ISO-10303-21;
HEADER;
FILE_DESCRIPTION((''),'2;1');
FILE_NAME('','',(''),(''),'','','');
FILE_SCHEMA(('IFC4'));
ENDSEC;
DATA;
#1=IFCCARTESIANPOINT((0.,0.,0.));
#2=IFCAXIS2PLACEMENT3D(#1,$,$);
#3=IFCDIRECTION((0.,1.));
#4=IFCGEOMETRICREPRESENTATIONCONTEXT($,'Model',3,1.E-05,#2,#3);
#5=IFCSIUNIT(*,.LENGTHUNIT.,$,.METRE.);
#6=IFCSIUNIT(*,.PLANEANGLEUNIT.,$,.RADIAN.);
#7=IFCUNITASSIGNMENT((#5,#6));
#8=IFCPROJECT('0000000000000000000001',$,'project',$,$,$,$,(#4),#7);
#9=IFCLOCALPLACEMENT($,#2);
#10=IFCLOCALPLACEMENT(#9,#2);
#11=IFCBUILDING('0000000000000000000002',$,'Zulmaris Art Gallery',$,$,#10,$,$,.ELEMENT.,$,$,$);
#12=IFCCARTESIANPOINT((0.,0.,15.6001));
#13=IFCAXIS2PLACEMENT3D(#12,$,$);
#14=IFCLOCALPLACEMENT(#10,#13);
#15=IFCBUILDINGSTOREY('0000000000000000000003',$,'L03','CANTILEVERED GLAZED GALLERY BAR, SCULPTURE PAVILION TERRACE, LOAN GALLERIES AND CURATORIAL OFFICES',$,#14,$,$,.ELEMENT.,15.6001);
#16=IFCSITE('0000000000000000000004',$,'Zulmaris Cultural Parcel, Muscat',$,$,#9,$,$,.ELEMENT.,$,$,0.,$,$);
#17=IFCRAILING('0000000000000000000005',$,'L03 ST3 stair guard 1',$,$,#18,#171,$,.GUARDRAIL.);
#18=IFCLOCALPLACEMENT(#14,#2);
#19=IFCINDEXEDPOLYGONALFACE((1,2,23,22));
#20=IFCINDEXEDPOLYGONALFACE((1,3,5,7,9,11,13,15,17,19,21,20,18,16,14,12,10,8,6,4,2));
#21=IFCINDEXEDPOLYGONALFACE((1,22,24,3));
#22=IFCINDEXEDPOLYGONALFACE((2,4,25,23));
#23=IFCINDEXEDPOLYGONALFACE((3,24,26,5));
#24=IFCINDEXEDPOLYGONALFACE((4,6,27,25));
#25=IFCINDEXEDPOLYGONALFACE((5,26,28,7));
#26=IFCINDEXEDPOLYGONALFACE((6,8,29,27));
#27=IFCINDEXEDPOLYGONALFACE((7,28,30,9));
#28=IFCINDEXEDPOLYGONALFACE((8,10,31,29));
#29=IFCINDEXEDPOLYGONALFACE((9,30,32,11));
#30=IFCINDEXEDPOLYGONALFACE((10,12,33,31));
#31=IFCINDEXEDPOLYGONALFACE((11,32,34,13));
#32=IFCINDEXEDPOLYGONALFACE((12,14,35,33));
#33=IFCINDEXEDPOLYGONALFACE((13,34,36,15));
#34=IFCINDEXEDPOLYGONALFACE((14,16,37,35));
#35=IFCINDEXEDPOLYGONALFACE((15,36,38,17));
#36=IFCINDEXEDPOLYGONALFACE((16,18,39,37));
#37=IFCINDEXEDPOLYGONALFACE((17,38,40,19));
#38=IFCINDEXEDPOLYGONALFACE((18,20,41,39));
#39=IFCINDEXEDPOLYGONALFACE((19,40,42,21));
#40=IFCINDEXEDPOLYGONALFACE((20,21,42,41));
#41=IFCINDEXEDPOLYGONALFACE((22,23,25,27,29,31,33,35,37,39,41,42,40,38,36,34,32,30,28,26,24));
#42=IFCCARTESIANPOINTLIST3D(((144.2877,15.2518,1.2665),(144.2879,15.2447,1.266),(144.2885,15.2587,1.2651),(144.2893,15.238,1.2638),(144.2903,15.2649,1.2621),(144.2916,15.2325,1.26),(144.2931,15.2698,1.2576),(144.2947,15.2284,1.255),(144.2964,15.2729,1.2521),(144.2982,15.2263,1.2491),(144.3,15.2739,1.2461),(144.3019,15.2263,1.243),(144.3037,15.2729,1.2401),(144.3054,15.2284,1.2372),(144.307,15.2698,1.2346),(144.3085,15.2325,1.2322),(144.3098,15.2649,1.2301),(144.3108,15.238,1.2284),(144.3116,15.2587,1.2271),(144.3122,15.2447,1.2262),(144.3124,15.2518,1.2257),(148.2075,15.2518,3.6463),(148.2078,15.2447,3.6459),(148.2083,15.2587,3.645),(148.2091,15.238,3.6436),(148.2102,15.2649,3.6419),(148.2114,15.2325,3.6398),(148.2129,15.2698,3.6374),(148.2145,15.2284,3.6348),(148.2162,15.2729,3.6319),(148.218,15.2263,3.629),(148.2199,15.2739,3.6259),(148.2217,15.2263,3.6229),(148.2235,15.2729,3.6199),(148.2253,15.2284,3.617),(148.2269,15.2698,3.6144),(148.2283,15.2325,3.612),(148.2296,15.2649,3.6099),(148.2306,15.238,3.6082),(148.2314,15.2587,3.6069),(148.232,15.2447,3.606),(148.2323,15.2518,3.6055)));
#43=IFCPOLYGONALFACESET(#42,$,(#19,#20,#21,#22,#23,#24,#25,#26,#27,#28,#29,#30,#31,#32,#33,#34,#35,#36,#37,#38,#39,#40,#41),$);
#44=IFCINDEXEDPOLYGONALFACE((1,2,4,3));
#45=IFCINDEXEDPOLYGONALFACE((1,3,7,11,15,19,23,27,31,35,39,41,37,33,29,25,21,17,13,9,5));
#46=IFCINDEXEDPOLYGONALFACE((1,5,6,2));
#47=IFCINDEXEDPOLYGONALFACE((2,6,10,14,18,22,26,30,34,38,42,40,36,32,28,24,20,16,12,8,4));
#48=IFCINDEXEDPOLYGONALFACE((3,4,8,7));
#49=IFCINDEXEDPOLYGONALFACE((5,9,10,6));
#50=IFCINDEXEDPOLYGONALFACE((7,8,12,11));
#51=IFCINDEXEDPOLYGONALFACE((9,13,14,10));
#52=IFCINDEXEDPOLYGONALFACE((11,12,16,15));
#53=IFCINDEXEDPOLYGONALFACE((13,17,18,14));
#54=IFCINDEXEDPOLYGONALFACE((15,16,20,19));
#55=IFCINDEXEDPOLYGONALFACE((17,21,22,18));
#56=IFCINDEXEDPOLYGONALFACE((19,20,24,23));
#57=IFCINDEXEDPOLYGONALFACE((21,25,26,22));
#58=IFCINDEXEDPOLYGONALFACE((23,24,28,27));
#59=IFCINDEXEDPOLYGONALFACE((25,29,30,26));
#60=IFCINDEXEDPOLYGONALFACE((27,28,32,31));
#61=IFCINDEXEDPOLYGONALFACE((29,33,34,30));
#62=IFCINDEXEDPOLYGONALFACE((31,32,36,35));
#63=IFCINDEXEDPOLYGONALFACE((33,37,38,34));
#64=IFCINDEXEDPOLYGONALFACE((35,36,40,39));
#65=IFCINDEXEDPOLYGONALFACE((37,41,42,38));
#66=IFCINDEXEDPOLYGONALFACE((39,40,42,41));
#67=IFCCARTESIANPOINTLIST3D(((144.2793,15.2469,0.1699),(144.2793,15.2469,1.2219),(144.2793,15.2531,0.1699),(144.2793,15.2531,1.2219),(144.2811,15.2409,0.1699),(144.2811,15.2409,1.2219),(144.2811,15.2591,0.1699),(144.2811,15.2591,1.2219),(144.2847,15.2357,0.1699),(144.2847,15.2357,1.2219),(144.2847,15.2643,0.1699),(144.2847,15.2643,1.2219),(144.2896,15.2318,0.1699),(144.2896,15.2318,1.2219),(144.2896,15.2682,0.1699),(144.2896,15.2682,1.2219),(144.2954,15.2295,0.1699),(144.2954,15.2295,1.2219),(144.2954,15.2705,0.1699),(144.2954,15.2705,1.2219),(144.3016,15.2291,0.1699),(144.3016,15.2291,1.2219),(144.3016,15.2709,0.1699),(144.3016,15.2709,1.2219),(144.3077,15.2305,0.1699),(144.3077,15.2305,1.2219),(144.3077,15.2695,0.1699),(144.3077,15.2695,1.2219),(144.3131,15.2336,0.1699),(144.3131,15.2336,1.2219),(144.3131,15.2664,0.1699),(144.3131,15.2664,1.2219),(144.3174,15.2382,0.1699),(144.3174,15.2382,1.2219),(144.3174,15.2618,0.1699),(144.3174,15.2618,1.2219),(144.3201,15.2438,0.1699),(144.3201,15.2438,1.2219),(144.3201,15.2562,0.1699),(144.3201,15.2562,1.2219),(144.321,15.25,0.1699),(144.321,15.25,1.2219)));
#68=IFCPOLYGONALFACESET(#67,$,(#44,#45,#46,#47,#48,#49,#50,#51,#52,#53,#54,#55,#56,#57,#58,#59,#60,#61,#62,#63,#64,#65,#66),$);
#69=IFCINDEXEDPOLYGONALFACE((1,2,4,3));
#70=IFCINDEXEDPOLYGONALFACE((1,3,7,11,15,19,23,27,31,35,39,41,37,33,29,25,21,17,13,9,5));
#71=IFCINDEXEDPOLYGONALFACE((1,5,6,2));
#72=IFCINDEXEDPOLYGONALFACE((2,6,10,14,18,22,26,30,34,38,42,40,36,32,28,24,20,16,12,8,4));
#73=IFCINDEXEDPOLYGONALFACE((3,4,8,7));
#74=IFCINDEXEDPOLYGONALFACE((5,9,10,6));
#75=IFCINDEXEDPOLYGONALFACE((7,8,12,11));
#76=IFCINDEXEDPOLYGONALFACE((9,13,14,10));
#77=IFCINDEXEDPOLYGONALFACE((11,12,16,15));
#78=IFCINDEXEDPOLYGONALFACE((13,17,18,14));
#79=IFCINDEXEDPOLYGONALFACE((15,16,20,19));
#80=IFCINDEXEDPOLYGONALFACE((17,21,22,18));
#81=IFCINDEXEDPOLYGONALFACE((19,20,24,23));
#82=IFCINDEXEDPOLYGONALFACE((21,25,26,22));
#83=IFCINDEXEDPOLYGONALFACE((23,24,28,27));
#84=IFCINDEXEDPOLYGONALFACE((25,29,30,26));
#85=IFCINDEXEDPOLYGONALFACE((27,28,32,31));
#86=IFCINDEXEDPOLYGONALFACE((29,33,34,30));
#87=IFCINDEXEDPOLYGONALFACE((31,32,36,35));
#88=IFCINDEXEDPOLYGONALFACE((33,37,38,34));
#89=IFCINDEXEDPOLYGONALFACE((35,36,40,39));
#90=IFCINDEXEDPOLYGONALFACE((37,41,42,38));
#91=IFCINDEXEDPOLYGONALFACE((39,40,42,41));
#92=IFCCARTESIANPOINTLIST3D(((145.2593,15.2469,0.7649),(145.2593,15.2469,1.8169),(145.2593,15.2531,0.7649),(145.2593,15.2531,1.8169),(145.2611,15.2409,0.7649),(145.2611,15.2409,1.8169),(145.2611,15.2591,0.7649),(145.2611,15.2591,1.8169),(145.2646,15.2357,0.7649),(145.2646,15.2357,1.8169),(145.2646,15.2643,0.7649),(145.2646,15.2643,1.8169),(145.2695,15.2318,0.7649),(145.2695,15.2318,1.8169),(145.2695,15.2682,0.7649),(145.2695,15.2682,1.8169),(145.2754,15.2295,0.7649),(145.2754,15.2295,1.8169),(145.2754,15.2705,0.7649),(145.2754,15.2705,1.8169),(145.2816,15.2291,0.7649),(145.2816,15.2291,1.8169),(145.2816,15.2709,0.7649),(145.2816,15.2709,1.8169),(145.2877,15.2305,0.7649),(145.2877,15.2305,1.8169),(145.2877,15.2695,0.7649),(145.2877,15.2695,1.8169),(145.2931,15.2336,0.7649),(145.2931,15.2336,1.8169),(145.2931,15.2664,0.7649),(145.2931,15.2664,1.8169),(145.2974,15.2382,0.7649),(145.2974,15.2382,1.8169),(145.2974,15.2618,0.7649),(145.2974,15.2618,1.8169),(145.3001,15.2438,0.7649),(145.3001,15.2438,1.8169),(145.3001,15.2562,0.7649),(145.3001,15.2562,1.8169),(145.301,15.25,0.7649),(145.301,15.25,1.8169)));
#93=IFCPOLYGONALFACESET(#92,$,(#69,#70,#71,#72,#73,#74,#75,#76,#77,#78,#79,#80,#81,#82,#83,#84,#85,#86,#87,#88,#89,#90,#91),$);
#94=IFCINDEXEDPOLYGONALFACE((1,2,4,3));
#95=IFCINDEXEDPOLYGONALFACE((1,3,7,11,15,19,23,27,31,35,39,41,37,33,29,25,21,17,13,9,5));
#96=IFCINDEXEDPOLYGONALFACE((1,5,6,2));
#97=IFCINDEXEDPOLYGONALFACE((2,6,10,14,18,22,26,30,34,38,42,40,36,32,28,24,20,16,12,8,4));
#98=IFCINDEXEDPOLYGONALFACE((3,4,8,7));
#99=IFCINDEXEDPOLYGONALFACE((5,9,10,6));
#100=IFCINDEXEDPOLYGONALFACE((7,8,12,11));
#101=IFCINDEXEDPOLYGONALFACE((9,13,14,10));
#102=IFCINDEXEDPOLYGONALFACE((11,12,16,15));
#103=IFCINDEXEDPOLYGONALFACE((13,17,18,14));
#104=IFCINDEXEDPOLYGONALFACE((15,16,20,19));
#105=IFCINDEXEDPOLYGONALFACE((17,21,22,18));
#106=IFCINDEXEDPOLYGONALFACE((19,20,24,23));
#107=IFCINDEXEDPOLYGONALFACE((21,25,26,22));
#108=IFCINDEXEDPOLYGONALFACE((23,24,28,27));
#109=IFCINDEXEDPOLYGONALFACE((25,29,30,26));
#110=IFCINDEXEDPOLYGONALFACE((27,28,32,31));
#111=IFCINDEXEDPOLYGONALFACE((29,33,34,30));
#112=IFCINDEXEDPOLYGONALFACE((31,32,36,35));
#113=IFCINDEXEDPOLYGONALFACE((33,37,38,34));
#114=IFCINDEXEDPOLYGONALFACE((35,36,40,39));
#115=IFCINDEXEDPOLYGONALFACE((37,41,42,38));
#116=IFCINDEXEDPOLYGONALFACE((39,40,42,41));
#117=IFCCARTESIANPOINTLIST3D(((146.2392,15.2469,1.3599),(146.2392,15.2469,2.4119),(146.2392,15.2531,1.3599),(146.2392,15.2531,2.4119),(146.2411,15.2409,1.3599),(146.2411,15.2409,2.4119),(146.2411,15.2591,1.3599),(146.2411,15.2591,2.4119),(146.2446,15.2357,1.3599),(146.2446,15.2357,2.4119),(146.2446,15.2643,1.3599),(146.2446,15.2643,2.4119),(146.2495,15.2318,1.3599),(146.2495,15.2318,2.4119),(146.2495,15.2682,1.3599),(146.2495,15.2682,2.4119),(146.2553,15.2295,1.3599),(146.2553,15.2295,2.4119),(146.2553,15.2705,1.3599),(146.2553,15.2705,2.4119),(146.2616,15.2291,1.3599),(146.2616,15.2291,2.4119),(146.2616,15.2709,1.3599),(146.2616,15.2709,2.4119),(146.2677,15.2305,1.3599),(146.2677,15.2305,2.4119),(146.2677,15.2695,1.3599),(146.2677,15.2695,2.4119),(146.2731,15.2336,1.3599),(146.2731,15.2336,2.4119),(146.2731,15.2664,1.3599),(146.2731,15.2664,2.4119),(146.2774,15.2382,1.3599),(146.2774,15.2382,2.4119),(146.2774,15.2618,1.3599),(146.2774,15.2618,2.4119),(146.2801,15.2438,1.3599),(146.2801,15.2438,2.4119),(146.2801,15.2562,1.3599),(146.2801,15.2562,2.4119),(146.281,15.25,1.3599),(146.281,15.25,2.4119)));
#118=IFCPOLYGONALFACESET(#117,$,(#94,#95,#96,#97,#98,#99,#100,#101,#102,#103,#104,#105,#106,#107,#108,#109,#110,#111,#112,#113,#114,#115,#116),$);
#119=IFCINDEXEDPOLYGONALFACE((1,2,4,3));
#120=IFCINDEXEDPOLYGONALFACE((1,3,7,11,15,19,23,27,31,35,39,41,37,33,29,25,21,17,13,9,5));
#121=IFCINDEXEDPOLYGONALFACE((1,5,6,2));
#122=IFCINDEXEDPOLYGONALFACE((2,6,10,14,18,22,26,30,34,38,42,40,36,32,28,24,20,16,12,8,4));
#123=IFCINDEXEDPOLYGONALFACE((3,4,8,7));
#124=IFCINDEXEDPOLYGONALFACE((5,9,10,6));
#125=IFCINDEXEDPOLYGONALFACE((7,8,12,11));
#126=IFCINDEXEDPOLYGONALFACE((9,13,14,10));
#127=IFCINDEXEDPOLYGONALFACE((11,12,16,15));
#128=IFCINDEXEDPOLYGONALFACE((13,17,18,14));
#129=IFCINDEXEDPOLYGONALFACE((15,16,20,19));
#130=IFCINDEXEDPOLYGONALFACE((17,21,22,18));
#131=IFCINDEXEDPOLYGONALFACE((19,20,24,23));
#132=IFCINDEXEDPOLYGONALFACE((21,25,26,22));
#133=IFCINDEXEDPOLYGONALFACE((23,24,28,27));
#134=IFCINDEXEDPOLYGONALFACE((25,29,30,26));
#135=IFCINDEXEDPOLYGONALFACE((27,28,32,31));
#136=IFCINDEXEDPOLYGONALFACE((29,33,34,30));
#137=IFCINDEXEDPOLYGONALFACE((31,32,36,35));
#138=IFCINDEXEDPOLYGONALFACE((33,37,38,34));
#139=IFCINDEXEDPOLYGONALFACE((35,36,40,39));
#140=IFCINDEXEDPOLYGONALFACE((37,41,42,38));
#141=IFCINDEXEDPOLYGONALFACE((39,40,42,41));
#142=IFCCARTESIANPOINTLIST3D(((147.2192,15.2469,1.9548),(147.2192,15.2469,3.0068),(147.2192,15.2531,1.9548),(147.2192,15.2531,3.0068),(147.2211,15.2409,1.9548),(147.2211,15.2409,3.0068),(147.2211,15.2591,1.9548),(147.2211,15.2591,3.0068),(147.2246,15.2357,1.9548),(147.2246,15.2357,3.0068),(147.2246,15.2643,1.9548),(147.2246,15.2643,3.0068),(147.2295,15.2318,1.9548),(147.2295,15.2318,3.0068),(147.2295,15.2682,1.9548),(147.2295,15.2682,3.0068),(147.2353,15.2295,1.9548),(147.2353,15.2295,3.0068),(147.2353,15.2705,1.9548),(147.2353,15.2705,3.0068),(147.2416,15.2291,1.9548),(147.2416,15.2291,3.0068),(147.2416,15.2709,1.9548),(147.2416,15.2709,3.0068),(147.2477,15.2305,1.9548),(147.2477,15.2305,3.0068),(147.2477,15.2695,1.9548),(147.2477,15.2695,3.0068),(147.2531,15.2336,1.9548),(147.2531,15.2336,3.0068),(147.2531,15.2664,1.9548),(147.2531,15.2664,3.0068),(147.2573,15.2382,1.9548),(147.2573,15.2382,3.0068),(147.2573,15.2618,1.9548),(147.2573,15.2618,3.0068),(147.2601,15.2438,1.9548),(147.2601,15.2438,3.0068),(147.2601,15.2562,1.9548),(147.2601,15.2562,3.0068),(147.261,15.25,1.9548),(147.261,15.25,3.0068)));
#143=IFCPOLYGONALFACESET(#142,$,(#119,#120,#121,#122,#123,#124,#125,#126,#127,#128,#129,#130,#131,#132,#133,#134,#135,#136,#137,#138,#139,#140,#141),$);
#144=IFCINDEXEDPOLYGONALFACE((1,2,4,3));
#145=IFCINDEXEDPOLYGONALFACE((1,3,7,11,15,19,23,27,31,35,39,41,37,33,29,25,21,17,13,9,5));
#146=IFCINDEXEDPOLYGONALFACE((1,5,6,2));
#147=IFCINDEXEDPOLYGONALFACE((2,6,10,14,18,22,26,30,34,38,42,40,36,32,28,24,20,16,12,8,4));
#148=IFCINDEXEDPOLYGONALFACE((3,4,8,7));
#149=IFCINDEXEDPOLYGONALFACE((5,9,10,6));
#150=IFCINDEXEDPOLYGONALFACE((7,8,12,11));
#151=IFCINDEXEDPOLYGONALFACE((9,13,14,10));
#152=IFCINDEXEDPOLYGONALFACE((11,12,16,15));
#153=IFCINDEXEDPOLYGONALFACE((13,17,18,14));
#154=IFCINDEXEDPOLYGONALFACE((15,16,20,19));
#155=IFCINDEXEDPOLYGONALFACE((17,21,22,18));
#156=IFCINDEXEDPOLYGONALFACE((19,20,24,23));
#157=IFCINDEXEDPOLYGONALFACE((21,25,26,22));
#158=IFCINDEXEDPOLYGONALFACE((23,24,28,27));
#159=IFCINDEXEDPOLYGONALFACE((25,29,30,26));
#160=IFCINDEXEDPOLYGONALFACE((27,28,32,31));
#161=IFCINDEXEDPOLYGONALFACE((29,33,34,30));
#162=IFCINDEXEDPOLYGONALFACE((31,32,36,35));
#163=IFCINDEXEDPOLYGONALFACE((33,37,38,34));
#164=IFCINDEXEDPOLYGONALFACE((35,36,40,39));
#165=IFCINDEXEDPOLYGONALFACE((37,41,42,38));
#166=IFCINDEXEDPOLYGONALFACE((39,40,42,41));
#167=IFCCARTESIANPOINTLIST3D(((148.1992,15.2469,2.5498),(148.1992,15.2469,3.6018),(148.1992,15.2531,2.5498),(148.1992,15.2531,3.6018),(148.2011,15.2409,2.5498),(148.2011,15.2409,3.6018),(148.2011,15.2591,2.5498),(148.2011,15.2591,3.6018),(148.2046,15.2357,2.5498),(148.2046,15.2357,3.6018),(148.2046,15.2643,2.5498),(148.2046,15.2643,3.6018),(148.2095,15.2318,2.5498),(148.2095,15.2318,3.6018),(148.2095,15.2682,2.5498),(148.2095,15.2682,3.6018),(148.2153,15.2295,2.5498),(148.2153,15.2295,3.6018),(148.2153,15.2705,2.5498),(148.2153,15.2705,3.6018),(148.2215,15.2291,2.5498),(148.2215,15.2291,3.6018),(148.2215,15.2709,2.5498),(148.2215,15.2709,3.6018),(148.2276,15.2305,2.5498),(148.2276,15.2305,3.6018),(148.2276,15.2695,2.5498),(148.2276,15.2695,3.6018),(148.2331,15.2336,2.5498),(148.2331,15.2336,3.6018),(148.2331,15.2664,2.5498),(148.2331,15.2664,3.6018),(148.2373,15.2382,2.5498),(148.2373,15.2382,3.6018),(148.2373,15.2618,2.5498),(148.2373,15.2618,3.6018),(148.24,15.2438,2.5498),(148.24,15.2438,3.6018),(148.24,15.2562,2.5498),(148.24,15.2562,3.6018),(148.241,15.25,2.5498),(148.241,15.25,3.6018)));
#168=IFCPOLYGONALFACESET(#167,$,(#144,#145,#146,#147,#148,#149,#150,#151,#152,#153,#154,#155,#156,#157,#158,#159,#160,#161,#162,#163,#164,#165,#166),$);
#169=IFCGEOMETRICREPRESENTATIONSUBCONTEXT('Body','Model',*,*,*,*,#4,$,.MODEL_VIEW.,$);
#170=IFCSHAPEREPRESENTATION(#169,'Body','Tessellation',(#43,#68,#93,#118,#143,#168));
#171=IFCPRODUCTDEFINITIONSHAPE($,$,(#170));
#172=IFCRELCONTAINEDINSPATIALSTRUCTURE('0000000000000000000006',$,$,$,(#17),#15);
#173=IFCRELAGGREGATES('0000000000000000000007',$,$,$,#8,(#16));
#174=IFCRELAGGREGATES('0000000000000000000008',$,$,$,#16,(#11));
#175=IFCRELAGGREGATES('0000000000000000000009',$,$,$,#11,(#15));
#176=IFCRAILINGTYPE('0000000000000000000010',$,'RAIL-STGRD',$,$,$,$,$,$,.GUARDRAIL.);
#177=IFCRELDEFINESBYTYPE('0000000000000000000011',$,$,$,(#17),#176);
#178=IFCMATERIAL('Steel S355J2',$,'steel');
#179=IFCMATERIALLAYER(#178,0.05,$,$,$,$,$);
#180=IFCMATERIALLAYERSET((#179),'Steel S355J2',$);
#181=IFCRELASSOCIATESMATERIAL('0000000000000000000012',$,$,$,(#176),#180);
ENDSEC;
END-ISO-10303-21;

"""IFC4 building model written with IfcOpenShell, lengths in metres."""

from ifc_helpers import new_model, si_unit, direction, frame, origin, origin_2d, place, context, subcontext, project, spatial, circle, extrude, material, layer, layer_set, type_object, element, save


model = new_model("IFC4")

# Units and contexts
model_context = context("Model", 3, precision=1e-05, world=origin(), true_north=direction((0.0, 1.0)))
body_context = subcontext(model_context, "Body", "Model", "MODEL_VIEW")
ifc_project = project(units=[si_unit("LENGTHUNIT", "METRE"), si_unit("PLANEANGLEUNIT", "RADIAN")], contexts=[model_context])

# Site, building, storey
site_placement = place(None, origin())
site = spatial("IfcSite", under=ifc_project, at=site_placement, Name="Zulmaris Cultural Parcel, Muscat", CompositionType="ELEMENT", RefElevation=0.0)
building_placement = place(site_placement, origin())
building = spatial("IfcBuilding", under=site, at=building_placement, Name="Zulmaris Art Gallery", CompositionType="ELEMENT")
storey_placement = place(building_placement, frame((0.0, 0.0, 15.6001)))
storey = spatial("IfcBuildingStorey", under=building, at=storey_placement, Name="L03", Description="CANTILEVERED GLAZED GALLERY BAR, SCULPTURE PAVILION TERRACE, LOAN GALLERIES AND CURATORIAL OFFICES", CompositionType="ELEMENT", Elevation=15.6001)

# Railing
ifc_material_1 = material(Name="Steel S355J2", Category="steel")
ifc_layer_1 = layer(ifc_material_1, 0.05)
ifc_layer_set_1 = layer_set([ifc_layer_1], Name="Steel S355J2")
railing_type_1 = type_object("IfcRailingType", Name="RAIL-STGRD", PredefinedType="GUARDRAIL", material=ifc_layer_set_1)
railing_1_placement = place(storey_placement, frame((144.3, 15.25, 0.1699)))
element("IfcRailing", 1, at=railing_1_placement, inside=storey, type_object=railing_type_1, Name="L03 ST3 stair guard 1", PredefinedType="GUARDRAIL", context=body_context, shape_type="SweptSolid", body=[
    extrude(circle(Radius=0.0239, at=origin_2d()), frame((0.0, 0.0, 1.0762), z_axis=(0.854794, 0.0, 0.518967), x_axis=(0.0, 1.0, 0.0)), (0.0, 0.0, 1.0), 4.5857),
    extrude(circle(Radius=0.021, at=origin_2d()), origin(), (0.0, 0.0, 1.0), 1.052),
    extrude(circle(Radius=0.021, at=origin_2d()), frame((0.98, 0.0, 0.595)), (0.0, 0.0, 1.0), 1.052),
    extrude(circle(Radius=0.021, at=origin_2d()), frame((1.96, 0.0, 1.1899)), (0.0, 0.0, 1.0), 1.052),
    extrude(circle(Radius=0.021, at=origin_2d()), frame((2.9399, 0.0, 1.7849)), (0.0, 0.0, 1.0), 1.052),
    extrude(circle(Radius=0.021, at=origin_2d()), frame((3.9199, 0.0, 2.3799)), (0.0, 0.0, 1.0), 1.052),
])

save(model, "model.ifc")
